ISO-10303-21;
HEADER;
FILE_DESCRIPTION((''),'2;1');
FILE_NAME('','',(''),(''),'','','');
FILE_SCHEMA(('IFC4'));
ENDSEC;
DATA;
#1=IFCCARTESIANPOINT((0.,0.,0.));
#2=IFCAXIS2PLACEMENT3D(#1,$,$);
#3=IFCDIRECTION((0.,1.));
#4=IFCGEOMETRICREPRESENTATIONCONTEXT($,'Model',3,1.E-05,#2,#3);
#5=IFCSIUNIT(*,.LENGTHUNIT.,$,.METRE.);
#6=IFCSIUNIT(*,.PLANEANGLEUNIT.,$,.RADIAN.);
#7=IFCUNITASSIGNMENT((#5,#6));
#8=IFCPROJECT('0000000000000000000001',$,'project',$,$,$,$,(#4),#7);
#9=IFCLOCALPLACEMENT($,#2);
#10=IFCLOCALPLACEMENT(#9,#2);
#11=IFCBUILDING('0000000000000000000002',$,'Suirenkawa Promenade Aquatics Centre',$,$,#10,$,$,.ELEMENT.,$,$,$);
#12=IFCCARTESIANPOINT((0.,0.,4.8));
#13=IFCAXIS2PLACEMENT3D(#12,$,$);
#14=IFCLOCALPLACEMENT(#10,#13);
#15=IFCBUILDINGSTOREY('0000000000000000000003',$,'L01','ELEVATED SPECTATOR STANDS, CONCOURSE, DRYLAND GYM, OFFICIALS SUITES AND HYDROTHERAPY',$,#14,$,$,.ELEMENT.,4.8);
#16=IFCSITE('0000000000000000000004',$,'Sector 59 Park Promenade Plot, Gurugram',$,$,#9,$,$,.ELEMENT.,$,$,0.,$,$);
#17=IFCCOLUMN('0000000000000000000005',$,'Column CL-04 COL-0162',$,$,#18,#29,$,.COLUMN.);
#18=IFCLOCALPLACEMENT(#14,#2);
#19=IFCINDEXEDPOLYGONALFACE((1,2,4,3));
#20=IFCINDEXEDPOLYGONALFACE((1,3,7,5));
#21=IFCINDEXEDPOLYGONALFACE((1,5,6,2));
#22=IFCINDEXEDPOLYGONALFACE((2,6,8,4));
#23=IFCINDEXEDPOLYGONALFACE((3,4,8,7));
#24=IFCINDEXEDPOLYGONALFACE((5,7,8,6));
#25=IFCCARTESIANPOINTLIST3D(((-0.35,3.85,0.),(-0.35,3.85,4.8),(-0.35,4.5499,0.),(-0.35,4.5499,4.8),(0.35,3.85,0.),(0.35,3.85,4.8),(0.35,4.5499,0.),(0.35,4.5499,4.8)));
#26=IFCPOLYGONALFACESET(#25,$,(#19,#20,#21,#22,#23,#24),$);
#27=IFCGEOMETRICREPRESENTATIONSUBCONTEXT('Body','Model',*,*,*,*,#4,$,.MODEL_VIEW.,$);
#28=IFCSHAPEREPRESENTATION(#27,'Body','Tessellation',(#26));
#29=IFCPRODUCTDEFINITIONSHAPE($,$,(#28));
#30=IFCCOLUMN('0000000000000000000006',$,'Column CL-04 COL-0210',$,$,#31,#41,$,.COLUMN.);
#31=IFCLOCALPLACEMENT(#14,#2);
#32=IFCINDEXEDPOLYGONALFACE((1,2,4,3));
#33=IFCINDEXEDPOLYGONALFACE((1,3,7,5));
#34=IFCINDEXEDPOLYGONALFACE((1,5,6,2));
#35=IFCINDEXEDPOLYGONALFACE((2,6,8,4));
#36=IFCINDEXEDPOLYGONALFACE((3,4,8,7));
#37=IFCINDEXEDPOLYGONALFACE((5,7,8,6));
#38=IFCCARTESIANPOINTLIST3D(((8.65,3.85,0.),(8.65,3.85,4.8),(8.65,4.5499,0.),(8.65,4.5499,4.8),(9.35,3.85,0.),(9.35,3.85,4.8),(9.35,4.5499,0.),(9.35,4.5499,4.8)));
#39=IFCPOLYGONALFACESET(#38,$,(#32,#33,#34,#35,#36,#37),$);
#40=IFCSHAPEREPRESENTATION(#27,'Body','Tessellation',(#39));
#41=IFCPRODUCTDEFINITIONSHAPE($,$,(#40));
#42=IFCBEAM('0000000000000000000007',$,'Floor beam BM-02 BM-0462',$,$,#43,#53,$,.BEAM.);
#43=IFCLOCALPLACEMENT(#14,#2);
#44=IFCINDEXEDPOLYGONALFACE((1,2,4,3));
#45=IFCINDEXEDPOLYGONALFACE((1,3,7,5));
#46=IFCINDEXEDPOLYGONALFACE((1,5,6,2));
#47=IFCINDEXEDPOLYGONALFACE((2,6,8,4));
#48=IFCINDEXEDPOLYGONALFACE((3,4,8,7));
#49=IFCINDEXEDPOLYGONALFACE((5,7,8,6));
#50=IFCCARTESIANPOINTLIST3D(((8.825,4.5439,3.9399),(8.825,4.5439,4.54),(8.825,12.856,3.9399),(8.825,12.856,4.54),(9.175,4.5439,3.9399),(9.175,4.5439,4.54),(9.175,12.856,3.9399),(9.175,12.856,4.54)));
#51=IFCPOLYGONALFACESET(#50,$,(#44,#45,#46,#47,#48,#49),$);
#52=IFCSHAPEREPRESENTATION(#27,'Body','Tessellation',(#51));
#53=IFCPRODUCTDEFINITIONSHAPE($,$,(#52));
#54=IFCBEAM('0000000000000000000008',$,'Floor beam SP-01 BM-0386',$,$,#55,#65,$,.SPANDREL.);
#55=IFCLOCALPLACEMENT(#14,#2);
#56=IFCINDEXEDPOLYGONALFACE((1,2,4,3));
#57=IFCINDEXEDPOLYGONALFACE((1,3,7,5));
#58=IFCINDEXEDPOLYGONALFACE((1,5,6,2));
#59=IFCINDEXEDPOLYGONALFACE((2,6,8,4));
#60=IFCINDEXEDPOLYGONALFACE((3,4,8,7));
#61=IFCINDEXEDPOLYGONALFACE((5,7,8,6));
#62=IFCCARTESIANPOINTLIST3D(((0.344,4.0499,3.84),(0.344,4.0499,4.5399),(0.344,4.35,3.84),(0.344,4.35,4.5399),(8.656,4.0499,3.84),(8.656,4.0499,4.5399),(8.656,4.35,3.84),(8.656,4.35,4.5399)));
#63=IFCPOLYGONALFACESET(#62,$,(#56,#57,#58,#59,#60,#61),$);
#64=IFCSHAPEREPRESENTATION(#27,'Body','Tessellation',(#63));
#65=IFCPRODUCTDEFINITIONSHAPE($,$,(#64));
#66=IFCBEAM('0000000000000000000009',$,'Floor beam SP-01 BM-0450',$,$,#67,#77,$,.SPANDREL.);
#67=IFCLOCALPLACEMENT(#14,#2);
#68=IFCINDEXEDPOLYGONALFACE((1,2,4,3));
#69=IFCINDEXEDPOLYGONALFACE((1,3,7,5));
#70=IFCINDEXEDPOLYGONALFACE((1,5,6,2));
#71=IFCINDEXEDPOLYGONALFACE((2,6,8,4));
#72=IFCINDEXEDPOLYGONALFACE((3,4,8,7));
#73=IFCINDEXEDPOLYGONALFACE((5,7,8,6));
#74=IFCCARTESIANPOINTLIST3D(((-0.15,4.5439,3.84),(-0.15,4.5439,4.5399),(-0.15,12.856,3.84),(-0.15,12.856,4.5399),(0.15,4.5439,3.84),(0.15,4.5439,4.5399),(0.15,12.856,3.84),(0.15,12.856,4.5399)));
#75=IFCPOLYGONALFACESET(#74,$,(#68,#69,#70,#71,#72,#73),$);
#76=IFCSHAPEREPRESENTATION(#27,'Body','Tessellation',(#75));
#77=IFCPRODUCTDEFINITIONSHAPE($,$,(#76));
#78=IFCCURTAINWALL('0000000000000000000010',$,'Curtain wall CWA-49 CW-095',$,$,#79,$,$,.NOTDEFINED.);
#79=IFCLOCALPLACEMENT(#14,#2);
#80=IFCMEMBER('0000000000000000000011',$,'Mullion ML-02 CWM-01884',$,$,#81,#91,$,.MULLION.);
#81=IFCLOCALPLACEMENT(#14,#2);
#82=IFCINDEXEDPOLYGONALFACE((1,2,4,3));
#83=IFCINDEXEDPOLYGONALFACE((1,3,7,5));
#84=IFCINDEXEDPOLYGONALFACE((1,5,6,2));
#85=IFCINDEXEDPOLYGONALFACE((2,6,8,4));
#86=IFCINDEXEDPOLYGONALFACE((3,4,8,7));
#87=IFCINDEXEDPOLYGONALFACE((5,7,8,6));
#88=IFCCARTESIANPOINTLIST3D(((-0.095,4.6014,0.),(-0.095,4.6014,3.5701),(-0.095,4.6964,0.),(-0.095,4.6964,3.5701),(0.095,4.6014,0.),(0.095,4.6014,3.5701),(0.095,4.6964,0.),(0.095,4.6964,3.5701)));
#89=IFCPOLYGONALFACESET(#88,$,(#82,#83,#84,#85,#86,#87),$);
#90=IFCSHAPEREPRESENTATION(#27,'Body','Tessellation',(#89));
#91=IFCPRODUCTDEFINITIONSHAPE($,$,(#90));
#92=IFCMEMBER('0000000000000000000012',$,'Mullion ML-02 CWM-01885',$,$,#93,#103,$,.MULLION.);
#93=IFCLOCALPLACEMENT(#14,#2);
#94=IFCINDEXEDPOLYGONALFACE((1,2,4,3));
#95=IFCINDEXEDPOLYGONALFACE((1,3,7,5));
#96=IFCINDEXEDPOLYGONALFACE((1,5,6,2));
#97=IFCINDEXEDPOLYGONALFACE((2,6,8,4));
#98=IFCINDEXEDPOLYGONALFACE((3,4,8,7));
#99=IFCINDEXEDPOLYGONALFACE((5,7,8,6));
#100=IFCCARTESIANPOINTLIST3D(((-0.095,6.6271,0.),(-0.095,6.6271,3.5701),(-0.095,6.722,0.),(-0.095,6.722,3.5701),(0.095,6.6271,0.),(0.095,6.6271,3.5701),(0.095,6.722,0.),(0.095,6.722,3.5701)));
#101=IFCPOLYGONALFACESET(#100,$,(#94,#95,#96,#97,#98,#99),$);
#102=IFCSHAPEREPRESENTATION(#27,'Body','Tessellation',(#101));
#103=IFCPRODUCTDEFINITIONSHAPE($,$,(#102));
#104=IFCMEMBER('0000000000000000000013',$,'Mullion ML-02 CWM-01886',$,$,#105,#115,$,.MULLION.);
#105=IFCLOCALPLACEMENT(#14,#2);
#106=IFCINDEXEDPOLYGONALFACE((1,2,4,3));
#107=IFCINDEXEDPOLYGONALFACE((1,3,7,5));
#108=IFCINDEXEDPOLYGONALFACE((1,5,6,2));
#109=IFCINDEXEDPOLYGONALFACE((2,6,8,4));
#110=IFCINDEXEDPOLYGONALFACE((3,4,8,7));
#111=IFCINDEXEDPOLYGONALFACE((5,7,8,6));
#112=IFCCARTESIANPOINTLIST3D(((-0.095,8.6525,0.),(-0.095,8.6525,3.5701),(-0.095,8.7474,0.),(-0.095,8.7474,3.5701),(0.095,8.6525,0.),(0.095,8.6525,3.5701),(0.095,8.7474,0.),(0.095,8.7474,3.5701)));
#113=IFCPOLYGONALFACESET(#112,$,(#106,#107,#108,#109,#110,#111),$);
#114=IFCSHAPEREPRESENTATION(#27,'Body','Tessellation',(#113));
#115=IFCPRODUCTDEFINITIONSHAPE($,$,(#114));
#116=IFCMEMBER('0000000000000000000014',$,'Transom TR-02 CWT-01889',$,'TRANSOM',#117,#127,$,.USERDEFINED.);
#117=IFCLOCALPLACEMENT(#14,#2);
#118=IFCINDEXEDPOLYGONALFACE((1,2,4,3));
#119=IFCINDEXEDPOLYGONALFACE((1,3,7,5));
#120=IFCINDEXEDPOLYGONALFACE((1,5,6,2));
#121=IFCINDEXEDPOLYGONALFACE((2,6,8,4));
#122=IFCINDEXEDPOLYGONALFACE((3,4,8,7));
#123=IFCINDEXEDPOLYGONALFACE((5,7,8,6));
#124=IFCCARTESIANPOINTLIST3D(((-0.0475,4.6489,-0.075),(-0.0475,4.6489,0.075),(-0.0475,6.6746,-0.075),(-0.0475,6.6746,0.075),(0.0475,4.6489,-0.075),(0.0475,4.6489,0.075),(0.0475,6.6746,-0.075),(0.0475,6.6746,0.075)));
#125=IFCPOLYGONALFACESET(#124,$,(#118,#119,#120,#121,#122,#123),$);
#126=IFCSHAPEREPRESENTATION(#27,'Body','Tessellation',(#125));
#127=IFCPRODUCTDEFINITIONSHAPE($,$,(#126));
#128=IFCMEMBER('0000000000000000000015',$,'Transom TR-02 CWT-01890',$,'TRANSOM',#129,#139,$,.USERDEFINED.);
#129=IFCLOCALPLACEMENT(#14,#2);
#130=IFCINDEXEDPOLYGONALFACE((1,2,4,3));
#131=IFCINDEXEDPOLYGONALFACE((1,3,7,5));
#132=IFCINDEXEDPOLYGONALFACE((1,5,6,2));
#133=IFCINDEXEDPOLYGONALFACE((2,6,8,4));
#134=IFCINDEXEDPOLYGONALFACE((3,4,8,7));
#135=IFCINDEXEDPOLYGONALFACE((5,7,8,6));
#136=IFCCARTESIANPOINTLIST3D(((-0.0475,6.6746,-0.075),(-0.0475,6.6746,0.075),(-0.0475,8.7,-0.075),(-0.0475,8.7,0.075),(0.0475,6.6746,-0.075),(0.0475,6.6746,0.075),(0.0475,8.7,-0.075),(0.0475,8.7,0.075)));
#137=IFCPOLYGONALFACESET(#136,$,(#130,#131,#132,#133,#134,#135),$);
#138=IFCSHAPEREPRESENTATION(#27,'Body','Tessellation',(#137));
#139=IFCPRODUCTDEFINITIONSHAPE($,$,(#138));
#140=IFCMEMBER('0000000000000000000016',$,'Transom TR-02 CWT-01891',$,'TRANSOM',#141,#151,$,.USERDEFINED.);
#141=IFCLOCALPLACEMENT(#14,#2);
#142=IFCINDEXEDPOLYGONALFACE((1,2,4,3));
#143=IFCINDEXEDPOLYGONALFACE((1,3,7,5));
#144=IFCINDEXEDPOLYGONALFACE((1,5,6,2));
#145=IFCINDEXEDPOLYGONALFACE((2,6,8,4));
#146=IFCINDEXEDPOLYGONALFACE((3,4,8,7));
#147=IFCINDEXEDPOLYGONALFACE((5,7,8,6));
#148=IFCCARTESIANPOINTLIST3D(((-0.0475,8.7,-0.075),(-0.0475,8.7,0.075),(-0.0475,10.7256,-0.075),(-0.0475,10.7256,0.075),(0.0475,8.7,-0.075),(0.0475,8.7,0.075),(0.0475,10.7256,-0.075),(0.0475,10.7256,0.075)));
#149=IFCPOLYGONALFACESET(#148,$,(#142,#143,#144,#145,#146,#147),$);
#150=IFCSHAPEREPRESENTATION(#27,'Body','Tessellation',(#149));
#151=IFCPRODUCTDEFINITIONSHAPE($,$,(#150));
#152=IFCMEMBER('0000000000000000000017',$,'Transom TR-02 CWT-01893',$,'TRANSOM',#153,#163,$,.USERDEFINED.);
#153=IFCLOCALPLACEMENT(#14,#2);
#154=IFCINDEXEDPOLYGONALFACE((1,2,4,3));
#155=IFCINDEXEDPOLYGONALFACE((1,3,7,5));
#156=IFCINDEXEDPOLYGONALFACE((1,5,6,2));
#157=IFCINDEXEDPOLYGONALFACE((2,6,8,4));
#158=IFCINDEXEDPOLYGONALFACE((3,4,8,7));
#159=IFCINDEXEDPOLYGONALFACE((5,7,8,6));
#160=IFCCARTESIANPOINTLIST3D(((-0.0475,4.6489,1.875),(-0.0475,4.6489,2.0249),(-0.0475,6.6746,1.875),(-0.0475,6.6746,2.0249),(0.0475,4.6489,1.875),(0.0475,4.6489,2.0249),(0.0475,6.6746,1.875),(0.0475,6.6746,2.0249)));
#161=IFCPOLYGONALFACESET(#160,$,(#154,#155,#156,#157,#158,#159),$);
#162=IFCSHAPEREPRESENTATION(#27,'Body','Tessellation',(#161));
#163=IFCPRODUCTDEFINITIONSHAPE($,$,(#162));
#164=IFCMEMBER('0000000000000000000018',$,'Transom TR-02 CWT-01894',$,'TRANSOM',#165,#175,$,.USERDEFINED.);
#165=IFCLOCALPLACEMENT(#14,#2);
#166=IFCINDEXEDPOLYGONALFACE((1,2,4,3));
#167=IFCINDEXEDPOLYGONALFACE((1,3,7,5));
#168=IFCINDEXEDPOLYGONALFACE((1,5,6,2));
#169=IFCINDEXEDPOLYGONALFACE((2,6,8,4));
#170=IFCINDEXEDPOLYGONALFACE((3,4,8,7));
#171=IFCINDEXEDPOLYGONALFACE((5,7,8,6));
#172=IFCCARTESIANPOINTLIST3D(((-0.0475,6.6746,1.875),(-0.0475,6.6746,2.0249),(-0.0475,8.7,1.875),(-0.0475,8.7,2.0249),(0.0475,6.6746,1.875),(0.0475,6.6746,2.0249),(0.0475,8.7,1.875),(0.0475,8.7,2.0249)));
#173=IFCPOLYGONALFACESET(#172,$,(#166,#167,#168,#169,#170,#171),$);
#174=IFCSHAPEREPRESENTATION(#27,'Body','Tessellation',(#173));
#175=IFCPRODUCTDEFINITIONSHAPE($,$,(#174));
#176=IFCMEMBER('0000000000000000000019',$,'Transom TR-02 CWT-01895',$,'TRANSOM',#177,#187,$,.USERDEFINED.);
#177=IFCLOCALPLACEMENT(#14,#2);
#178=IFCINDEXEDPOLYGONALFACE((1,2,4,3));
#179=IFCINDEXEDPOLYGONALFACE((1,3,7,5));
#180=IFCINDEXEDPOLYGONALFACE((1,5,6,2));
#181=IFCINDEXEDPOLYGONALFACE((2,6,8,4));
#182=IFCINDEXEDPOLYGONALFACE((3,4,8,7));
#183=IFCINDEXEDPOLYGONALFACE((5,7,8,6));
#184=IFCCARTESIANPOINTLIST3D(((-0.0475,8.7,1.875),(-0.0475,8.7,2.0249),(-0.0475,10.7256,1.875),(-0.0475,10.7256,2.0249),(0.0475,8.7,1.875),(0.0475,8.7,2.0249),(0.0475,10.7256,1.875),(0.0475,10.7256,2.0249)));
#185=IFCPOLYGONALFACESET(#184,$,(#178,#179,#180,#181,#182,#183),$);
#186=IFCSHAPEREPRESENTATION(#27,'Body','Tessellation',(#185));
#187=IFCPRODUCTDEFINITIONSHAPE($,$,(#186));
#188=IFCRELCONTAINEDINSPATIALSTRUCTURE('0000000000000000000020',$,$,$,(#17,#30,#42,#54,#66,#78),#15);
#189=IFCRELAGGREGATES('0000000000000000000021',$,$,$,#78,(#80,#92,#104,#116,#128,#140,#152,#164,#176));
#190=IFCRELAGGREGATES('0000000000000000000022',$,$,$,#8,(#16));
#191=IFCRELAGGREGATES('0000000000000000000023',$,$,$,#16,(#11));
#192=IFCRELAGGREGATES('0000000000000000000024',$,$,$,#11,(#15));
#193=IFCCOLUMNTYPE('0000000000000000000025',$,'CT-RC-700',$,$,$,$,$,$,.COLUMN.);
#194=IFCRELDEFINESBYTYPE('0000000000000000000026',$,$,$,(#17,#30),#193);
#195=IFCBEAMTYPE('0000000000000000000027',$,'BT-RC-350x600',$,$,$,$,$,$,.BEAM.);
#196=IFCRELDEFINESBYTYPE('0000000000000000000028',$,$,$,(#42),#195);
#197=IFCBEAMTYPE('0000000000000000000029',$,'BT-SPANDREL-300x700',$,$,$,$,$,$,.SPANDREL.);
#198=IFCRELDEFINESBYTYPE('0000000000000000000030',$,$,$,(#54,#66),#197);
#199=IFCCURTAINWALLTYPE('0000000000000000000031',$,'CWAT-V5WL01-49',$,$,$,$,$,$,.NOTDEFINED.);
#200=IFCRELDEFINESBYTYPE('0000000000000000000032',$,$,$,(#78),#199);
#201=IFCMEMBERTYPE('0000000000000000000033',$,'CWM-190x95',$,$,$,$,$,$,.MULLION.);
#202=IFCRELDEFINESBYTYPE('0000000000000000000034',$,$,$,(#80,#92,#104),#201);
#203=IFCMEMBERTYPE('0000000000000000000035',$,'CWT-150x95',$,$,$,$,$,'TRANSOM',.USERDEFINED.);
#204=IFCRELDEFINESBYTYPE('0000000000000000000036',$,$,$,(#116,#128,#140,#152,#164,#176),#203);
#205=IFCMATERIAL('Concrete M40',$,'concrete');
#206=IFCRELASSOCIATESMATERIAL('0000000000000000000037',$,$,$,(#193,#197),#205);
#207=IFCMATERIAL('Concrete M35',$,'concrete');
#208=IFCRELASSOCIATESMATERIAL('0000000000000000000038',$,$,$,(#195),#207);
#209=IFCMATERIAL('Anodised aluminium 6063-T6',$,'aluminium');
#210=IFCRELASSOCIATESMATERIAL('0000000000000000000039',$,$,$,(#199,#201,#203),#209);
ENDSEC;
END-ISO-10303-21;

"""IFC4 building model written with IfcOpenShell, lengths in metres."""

from ifc_helpers import new_model, si_unit, direction, frame, origin, origin_2d, place, context, subcontext, project, spatial, rectangle, extrude, material, material_profile, profile_set, type_object, element, aggregate, save


model = new_model("IFC4")

# Units and contexts
model_context = context("Model", 3, precision=1e-05, world=origin(), true_north=direction((0.0, 1.0)))
body_context = subcontext(model_context, "Body", "Model", "MODEL_VIEW")
ifc_project = project(units=[si_unit("LENGTHUNIT", "METRE"), si_unit("PLANEANGLEUNIT", "RADIAN")], contexts=[model_context])

# Site, building, storey
site_placement = place(None, origin())
site = spatial("IfcSite", under=ifc_project, at=site_placement, Name="Sector 59 Park Promenade Plot, Gurugram", CompositionType="ELEMENT", RefElevation=0.0)
building_placement = place(site_placement, origin())
building = spatial("IfcBuilding", under=site, at=building_placement, Name="Suirenkawa Promenade Aquatics Centre", CompositionType="ELEMENT")
storey_placement = place(building_placement, frame((0.0, 0.0, 4.8)))
storey = spatial("IfcBuildingStorey", under=building, at=storey_placement, Name="L01", Description="ELEVATED SPECTATOR STANDS, CONCOURSE, DRYLAND GYM, OFFICIALS SUITES AND HYDROTHERAPY", CompositionType="ELEMENT", Elevation=4.8)

# Columns
ifc_material_1 = material(Name="Concrete M40", Category="concrete")
ifc_material_profile_1 = material_profile(ifc_material_1, rectangle(XDim=0.7, YDim=0.7, at=origin_2d()), Name="RC COL 700x700", Category="concrete")
ifc_profile_set_1 = profile_set([ifc_material_profile_1], Name="Concrete M40")
column_type = type_object("IfcColumnType", Name="CT-RC-700", PredefinedType="COLUMN", material=ifc_profile_set_1)
for number, where, z_axis, x_axis, name in (
    (1, (0.0, 4.2, 0.0), (0.0, 0.0, 1.0), (1.0, 0.0, 0.0), "Column CL-04 COL-0162"),
    (2, (9.0, 4.2, 0.0), (0.0, 0.0, 1.0), (1.0, 0.0, 0.0), "Column CL-04 COL-0210"),
):
    element("IfcColumn", number, at=place(storey_placement, frame(where, z_axis=z_axis, x_axis=x_axis)), inside=storey, type_object=column_type, Name=name, PredefinedType="COLUMN", context=body_context, shape_type="SweptSolid", body=[
        extrude(rectangle(XDim=0.7, YDim=0.7, at=origin_2d()), origin(), (0.0, 0.0, 1.0), 4.8),
    ])

# Beams
ifc_material_2 = material(Name="Concrete M35", Category="concrete")
ifc_material_profile_2 = material_profile(ifc_material_2, rectangle(XDim=0.3501, YDim=0.6001, at=origin_2d()), Name="RC BM 350x600", Category="concrete")
ifc_profile_set_2 = profile_set([ifc_material_profile_2], Name="Concrete M35")
beam_type_1 = type_object("IfcBeamType", Name="BT-RC-350x600", PredefinedType="BEAM", material=ifc_profile_set_2)
beam_placement = place(storey_placement, frame((9.0, 4.5439, 4.24), z_axis=(0.0, 1.0, 0.0), x_axis=(-1.0, 0.0, 0.0)))
element("IfcBeam", 3, at=beam_placement, inside=storey, type_object=beam_type_1, Name="Floor beam BM-02 BM-0462", PredefinedType="BEAM", context=body_context, shape_type="SweptSolid", body=[
    extrude(rectangle(XDim=0.3501, YDim=0.6001, at=origin_2d()), origin(), (0.0, 0.0, 1.0), 8.312),
])
ifc_material_profile_3 = material_profile(ifc_material_1, rectangle(XDim=0.3, YDim=0.7, at=origin_2d()), Name="RC SPANDREL 300x700", Category="concrete")
ifc_profile_set_3 = profile_set([ifc_material_profile_3], Name="Concrete M40")
beam_type_2 = type_object("IfcBeamType", Name="BT-SPANDREL-300x700", PredefinedType="SPANDREL", material=ifc_profile_set_3)
for number, where, z_axis, x_axis, name in (
    (4, (0.344, 4.2, 4.1899), (1.0, 0.0, 0.0), (0.0, 1.0, 0.0), "Floor beam SP-01 BM-0386"),
    (5, (0.0, 4.5439, 4.1899), (0.0, 1.0, 0.0), (-1.0, 0.0, 0.0), "Floor beam SP-01 BM-0450"),
):
    element("IfcBeam", number, at=place(storey_placement, frame(where, z_axis=z_axis, x_axis=x_axis)), inside=storey, type_object=beam_type_2, Name=name, PredefinedType="SPANDREL", context=body_context, shape_type="SweptSolid", body=[
        extrude(rectangle(XDim=0.3, YDim=0.7, at=origin_2d()), origin(), (0.0, 0.0, 1.0), 8.312),
    ])

# Curtain wall, members
ifc_material_3 = material(Name="Anodised aluminium 6063-T6", Category="aluminium")
curtain_wall_type = type_object("IfcCurtainWallType", Name="CWAT-V5WL01-49", PredefinedType="NOTDEFINED", material=ifc_material_3)
curtain_wall_placement = place(storey_placement, origin())
curtain_wall = element("IfcCurtainWall", 6, at=curtain_wall_placement, inside=storey, type_object=curtain_wall_type, Name="Curtain wall CWA-49 CW-095", PredefinedType="NOTDEFINED")
ifc_material_profile_4 = material_profile(ifc_material_3, rectangle(XDim=0.095, YDim=0.1899, at=origin_2d()), Name="ALU MULL 95x190", Category="aluminium")
ifc_profile_set_4 = profile_set([ifc_material_profile_4], Name="Anodised aluminium 6063-T6")
member_type_1 = type_object("IfcMemberType", Name="CWM-190x95", PredefinedType="MULLION", material=ifc_profile_set_4)
member_1_placement = place(storey_placement, frame((0.0, 4.6489, 0.0), z_axis=(0.0, 0.0, 1.0), x_axis=(0.0, 1.0, 0.0)))
member_1 = element("IfcMember", 7, at=member_1_placement, type_object=member_type_1, Name="Mullion ML-02 CWM-01884", PredefinedType="MULLION", context=body_context, shape_type="SweptSolid", body=[
    extrude(rectangle(XDim=0.095, YDim=0.1899, at=origin_2d()), origin(), (0.0, 0.0, 1.0), 3.5701),
])
member_2_placement = place(storey_placement, frame((0.0, 6.6746, 0.0), z_axis=(0.0, 0.0, 1.0), x_axis=(0.0, 1.0, 0.0)))
member_2 = element("IfcMember", 8, at=member_2_placement, type_object=member_type_1, Name="Mullion ML-02 CWM-01885", PredefinedType="MULLION", context=body_context, shape_type="SweptSolid", body=[
    extrude(rectangle(XDim=0.095, YDim=0.1899, at=origin_2d()), origin(), (0.0, 0.0, 1.0), 3.5701),
])
member_3_placement = place(storey_placement, frame((0.0, 8.7, 0.0), z_axis=(0.0, 0.0, 1.0), x_axis=(0.0, 1.0, 0.0)))
member_3 = element("IfcMember", 9, at=member_3_placement, type_object=member_type_1, Name="Mullion ML-02 CWM-01886", PredefinedType="MULLION", context=body_context, shape_type="SweptSolid", body=[
    extrude(rectangle(XDim=0.095, YDim=0.1899, at=origin_2d()), origin(), (0.0, 0.0, 1.0), 3.5701),
])
ifc_material_profile_5 = material_profile(ifc_material_3, rectangle(XDim=0.095, YDim=0.1499, at=origin_2d()), Name="ALU TRAN 95x150", Category="aluminium")
ifc_profile_set_5 = profile_set([ifc_material_profile_5], Name="Anodised aluminium 6063-T6")
member_type_2 = type_object("IfcMemberType", Name="CWT-150x95", ElementType="TRANSOM", PredefinedType="USERDEFINED", material=ifc_profile_set_5)
member_4_placement = place(storey_placement, frame((0.0, 4.6489, 0.0), z_axis=(0.0, 1.0, 0.0), x_axis=(-1.0, 0.0, 0.0)))
member_4 = element("IfcMember", 10, at=member_4_placement, type_object=member_type_2, Name="Transom TR-02 CWT-01889", ObjectType="TRANSOM", PredefinedType="USERDEFINED", context=body_context, shape_type="SweptSolid", body=[
    extrude(rectangle(XDim=0.095, YDim=0.1499, at=origin_2d()), origin(), (0.0, 0.0, 1.0), 2.0256),
])
member_5_placement = place(storey_placement, frame((0.0, 6.6746, 0.0), z_axis=(0.0, 1.0, 0.0), x_axis=(-1.0, 0.0, 0.0)))
member_5 = element("IfcMember", 11, at=member_5_placement, type_object=member_type_2, Name="Transom TR-02 CWT-01890", ObjectType="TRANSOM", PredefinedType="USERDEFINED", context=body_context, shape_type="SweptSolid", body=[
    extrude(rectangle(XDim=0.095, YDim=0.1499, at=origin_2d()), origin(), (0.0, 0.0, 1.0), 2.0254),
])
member_6_placement = place(storey_placement, frame((0.0, 8.7, 0.0), z_axis=(0.0, 1.0, 0.0), x_axis=(-1.0, 0.0, 0.0)))
member_6 = element("IfcMember", 12, at=member_6_placement, type_object=member_type_2, Name="Transom TR-02 CWT-01891", ObjectType="TRANSOM", PredefinedType="USERDEFINED", context=body_context, shape_type="SweptSolid", body=[
    extrude(rectangle(XDim=0.095, YDim=0.1499, at=origin_2d()), origin(), (0.0, 0.0, 1.0), 2.0256),
])
member_7_placement = place(storey_placement, frame((0.0, 4.6489, 1.95), z_axis=(0.0, 1.0, 0.0), x_axis=(-1.0, 0.0, 0.0)))
member_7 = element("IfcMember", 13, at=member_7_placement, type_object=member_type_2, Name="Transom TR-02 CWT-01893", ObjectType="TRANSOM", PredefinedType="USERDEFINED", context=body_context, shape_type="SweptSolid", body=[
    extrude(rectangle(XDim=0.095, YDim=0.1499, at=origin_2d()), origin(), (0.0, 0.0, 1.0), 2.0256),
])
member_8_placement = place(storey_placement, frame((0.0, 6.6746, 1.95), z_axis=(0.0, 1.0, 0.0), x_axis=(-1.0, 0.0, 0.0)))
member_8 = element("IfcMember", 14, at=member_8_placement, type_object=member_type_2, Name="Transom TR-02 CWT-01894", ObjectType="TRANSOM", PredefinedType="USERDEFINED", context=body_context, shape_type="SweptSolid", body=[
    extrude(rectangle(XDim=0.095, YDim=0.1499, at=origin_2d()), origin(), (0.0, 0.0, 1.0), 2.0254),
])
member_9_placement = place(storey_placement, frame((0.0, 8.7, 1.95), z_axis=(0.0, 1.0, 0.0), x_axis=(-1.0, 0.0, 0.0)))
member_9 = element("IfcMember", 15, at=member_9_placement, type_object=member_type_2, Name="Transom TR-02 CWT-01895", ObjectType="TRANSOM", PredefinedType="USERDEFINED", context=body_context, shape_type="SweptSolid", body=[
    extrude(rectangle(XDim=0.095, YDim=0.1499, at=origin_2d()), origin(), (0.0, 0.0, 1.0), 2.0256),
])
aggregate(curtain_wall, [member_1, member_2, member_3, member_4, member_5, member_6, member_7, member_8, member_9])

save(model, "model.ifc")
